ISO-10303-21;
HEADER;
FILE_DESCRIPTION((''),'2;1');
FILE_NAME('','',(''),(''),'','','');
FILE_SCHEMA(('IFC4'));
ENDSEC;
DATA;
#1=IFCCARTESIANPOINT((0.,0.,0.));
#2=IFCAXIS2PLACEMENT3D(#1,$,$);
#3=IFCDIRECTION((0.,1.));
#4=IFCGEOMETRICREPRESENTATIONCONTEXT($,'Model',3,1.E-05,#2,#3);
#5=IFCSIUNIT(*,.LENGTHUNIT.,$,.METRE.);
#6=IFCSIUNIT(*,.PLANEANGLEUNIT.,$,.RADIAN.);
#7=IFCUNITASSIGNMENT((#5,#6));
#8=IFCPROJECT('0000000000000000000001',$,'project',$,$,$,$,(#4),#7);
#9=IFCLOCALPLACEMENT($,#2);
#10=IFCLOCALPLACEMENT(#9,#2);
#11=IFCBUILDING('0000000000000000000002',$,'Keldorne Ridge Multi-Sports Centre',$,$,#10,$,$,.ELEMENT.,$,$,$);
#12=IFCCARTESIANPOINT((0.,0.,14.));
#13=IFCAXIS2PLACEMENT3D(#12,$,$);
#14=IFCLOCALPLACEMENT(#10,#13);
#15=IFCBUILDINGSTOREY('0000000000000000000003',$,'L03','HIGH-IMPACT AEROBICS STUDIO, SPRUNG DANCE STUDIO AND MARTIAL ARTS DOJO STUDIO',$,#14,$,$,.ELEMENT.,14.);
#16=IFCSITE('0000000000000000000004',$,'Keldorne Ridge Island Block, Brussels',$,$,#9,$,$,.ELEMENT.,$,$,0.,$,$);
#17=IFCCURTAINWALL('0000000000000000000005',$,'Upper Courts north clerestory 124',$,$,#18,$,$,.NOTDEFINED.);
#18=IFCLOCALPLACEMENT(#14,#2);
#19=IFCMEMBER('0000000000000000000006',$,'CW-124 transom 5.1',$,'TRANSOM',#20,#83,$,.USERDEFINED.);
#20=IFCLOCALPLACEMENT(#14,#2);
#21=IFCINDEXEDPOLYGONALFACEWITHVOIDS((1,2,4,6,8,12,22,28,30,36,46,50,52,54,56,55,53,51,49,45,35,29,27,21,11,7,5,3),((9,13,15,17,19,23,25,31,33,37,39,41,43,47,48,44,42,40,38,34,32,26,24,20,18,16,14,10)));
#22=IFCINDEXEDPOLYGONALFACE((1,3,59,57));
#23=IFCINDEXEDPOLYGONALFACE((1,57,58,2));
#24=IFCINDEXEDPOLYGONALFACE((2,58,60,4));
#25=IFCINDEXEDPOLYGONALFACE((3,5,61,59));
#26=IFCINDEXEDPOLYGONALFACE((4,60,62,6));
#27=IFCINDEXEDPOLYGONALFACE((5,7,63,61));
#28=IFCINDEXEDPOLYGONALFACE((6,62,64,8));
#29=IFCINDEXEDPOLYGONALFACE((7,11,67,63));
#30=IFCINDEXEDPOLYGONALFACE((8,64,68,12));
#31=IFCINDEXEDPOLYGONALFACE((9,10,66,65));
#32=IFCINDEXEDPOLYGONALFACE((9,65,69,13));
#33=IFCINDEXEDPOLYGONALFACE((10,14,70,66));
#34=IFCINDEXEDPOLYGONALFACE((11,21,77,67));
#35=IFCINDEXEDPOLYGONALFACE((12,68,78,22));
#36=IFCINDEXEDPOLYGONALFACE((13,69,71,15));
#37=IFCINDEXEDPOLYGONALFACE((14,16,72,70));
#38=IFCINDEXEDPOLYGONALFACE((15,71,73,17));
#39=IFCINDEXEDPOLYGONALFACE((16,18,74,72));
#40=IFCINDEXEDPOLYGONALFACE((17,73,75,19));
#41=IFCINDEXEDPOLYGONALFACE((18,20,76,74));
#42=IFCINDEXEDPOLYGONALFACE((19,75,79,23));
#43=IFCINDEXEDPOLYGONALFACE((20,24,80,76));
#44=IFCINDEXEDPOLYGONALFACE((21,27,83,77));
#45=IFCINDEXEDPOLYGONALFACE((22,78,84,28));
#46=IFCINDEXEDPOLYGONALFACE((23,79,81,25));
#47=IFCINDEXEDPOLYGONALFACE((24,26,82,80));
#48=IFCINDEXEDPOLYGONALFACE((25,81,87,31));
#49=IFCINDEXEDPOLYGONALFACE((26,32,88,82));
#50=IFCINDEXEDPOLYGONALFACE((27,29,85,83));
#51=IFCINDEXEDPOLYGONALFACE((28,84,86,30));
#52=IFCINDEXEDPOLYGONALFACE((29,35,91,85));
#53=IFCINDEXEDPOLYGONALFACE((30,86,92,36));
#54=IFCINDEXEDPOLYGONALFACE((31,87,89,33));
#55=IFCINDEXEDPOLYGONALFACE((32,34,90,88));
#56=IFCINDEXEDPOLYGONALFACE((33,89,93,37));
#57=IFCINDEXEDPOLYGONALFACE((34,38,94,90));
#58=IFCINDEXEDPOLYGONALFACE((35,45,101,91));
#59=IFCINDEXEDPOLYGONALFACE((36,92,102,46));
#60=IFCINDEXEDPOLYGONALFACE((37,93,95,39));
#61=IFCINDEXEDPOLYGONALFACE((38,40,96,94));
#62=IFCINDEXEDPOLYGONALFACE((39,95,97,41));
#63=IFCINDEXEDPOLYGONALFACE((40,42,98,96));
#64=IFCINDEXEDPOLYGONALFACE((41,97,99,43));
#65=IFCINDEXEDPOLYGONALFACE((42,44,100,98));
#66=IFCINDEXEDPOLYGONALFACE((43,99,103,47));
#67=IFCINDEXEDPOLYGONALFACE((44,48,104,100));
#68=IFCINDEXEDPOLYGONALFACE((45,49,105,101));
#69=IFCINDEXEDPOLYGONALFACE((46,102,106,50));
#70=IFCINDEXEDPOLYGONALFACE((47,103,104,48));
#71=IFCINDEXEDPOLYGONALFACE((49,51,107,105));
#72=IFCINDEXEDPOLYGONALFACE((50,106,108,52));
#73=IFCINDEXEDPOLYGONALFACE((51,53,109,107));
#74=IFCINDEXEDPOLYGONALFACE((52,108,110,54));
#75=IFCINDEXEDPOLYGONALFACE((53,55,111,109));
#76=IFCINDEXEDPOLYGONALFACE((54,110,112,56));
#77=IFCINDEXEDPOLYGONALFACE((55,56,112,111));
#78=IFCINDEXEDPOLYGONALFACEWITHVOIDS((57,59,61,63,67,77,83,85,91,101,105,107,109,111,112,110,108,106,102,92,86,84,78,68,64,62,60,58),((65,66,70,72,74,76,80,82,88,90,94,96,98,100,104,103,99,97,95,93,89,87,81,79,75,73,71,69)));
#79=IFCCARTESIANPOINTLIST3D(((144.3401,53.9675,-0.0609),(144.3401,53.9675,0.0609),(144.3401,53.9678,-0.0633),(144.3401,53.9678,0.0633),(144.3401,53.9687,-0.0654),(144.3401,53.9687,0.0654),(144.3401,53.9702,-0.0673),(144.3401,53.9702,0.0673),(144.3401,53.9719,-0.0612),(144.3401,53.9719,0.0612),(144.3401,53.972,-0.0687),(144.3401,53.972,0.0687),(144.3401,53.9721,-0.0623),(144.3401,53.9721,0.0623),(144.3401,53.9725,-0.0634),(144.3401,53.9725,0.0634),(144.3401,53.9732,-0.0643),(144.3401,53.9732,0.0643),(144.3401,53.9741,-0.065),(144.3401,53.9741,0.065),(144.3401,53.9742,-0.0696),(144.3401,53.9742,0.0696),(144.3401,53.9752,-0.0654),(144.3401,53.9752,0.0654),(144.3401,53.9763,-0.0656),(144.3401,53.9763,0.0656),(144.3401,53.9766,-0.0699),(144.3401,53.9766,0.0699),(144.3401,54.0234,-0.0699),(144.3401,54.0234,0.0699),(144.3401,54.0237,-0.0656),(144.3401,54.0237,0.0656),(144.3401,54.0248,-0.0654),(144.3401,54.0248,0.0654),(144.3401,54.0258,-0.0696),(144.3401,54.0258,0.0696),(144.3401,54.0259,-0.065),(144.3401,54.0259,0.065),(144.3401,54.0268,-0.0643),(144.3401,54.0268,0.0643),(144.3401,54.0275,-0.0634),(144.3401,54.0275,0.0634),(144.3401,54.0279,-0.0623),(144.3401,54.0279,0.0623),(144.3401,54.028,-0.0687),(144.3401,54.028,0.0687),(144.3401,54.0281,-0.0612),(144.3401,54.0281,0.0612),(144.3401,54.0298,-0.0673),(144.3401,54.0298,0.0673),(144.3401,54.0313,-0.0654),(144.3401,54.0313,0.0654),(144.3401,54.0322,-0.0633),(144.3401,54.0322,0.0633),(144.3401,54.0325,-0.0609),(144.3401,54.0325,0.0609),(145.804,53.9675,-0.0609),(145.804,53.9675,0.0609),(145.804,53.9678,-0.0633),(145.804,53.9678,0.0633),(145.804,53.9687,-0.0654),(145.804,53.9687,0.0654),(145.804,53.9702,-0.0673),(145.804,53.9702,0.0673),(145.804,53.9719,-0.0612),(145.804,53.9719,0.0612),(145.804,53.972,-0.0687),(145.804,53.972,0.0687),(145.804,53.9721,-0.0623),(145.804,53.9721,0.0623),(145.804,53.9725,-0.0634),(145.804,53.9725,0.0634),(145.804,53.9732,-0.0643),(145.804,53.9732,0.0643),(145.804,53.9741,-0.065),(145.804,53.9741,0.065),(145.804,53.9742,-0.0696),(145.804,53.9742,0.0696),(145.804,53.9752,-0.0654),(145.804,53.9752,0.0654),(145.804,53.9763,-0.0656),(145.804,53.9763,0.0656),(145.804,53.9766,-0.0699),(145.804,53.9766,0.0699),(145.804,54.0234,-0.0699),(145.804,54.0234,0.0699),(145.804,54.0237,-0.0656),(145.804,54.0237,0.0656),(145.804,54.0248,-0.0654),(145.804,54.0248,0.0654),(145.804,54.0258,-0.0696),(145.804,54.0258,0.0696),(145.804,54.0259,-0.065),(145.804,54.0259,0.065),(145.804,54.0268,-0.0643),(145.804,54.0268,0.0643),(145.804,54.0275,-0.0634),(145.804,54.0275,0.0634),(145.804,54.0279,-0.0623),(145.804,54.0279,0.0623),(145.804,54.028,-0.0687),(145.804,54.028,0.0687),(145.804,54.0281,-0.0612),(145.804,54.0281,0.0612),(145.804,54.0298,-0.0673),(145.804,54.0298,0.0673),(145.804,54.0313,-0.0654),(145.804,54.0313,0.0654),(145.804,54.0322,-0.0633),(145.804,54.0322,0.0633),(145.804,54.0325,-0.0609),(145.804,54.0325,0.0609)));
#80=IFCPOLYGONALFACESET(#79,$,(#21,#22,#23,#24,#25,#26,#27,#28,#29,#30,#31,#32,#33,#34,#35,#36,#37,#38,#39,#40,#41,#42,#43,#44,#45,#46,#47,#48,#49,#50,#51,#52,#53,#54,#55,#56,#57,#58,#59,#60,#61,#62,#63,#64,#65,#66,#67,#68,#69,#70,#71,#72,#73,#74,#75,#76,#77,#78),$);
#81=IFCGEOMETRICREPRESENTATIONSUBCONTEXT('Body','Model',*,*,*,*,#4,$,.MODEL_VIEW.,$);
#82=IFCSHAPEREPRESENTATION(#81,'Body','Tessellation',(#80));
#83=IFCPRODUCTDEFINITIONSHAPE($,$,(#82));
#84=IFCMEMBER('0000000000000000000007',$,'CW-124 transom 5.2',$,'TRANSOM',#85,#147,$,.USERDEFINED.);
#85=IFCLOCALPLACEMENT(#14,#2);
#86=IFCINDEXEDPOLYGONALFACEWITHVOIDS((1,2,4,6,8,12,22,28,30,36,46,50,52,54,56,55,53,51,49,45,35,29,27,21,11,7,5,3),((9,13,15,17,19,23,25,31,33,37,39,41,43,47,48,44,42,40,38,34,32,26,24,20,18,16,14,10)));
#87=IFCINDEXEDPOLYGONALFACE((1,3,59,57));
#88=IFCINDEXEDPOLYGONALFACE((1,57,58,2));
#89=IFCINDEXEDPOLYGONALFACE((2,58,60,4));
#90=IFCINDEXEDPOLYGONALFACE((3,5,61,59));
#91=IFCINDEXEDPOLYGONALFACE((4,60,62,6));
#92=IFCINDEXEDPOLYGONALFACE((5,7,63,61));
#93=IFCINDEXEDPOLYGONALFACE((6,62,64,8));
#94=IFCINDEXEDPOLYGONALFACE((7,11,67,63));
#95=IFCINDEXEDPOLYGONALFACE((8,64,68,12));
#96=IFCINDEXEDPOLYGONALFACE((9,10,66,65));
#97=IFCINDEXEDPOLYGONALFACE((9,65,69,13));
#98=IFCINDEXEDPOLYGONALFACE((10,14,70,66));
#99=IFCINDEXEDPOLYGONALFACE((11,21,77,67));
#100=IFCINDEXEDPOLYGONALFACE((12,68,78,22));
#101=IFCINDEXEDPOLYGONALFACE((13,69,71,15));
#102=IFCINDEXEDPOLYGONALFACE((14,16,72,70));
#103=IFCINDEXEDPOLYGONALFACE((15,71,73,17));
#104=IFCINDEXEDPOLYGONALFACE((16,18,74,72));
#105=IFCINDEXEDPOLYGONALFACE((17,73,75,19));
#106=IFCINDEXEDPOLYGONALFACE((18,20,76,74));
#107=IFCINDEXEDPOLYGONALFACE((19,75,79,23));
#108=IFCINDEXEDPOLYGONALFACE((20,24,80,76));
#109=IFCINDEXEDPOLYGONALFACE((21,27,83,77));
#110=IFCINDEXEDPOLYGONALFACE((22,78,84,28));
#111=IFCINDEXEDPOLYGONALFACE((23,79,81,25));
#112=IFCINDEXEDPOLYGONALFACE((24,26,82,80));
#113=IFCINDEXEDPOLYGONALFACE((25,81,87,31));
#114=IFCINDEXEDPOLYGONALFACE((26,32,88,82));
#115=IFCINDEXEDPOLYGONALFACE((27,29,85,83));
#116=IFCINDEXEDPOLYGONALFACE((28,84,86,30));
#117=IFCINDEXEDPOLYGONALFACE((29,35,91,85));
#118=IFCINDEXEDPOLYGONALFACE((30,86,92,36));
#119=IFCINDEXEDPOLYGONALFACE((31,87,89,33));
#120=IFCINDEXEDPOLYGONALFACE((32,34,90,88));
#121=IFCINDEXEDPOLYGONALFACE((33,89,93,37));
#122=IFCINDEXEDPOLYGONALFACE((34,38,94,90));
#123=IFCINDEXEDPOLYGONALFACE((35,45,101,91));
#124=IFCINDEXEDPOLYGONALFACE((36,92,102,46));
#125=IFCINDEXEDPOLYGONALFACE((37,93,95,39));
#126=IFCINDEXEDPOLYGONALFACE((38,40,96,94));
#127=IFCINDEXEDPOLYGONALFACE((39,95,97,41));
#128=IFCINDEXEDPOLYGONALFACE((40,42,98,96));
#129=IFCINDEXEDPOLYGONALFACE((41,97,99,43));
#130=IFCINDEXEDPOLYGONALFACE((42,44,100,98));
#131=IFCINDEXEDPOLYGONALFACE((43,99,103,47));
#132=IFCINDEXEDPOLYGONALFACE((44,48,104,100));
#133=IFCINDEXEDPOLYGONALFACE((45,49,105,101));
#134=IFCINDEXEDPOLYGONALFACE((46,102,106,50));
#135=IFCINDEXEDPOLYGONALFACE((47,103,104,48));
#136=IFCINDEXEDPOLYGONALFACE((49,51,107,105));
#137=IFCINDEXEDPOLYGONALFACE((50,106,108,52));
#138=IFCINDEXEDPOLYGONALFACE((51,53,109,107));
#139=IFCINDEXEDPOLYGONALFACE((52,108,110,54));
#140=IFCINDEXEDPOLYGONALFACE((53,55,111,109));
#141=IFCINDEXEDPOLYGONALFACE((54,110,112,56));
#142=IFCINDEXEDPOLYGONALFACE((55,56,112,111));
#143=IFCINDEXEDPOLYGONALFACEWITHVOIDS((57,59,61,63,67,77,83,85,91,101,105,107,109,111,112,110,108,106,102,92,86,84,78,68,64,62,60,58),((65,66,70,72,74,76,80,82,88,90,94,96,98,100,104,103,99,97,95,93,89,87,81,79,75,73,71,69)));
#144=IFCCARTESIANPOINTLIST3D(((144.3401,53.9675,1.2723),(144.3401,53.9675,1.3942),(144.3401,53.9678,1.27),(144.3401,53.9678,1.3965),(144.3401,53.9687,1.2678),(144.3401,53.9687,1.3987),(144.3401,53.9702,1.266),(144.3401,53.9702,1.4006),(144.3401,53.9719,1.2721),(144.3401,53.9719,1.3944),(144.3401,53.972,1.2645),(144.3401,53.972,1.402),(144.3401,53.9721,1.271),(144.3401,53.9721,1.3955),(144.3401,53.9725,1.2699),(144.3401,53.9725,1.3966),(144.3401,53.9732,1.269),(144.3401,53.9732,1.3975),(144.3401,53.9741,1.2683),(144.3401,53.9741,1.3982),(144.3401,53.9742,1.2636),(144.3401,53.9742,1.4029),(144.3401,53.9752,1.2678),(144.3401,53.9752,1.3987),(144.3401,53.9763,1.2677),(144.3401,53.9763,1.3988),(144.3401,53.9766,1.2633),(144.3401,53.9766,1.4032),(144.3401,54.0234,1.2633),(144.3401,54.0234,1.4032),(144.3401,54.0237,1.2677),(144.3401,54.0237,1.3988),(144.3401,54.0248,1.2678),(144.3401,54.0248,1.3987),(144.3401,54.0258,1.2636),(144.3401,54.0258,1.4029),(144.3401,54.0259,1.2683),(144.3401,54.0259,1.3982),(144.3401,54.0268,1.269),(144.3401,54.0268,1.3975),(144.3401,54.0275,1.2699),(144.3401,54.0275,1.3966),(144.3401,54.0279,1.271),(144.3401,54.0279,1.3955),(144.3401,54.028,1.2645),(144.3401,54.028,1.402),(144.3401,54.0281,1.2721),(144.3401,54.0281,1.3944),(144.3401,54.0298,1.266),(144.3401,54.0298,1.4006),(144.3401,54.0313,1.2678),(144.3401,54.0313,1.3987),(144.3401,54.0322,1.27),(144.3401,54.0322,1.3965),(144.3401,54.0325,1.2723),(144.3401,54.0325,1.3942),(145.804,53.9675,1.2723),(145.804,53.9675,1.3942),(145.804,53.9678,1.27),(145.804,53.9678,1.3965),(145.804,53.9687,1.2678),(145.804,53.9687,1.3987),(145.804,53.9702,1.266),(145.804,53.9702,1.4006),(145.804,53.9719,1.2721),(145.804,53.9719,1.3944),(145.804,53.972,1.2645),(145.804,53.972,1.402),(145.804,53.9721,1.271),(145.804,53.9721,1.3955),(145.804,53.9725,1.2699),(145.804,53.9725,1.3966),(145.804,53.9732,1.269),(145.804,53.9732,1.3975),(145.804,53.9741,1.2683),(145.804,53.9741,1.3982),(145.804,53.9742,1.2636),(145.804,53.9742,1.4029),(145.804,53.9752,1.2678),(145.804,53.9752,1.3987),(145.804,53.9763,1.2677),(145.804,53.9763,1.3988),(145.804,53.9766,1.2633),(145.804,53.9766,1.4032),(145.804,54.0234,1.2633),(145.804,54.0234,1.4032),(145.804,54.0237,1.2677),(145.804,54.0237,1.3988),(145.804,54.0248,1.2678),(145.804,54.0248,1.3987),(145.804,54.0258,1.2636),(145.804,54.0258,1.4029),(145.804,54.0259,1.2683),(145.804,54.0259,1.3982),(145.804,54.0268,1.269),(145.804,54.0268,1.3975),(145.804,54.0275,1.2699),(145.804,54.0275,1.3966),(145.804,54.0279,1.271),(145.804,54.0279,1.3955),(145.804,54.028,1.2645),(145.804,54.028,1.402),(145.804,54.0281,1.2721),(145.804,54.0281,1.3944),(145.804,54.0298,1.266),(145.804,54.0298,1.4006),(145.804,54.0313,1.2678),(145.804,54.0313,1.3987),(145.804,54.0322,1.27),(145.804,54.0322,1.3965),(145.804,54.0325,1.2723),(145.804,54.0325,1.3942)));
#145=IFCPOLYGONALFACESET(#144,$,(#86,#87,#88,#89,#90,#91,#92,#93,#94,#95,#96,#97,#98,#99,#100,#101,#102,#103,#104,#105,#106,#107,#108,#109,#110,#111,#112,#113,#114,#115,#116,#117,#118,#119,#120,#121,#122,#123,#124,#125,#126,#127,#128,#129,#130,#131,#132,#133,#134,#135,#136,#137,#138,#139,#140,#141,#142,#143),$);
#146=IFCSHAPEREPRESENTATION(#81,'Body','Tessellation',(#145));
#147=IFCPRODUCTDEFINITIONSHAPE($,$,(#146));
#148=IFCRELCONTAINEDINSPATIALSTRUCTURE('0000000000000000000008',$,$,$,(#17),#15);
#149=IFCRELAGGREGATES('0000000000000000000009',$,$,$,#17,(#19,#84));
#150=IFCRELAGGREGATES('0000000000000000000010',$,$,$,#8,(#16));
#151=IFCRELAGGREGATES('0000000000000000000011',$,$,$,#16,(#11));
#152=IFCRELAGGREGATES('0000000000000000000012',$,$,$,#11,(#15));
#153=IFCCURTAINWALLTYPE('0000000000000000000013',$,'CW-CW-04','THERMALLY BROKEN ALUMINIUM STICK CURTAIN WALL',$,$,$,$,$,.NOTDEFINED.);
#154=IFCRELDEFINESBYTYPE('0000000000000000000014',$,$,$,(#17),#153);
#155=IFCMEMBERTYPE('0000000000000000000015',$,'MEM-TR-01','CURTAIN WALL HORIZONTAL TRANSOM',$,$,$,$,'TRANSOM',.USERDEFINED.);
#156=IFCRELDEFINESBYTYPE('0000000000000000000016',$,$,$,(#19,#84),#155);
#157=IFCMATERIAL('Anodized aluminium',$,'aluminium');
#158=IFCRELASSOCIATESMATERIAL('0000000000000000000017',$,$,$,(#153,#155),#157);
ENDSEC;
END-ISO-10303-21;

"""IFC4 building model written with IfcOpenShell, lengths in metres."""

from ifc_helpers import new_model, si_unit, direction, frame, origin, origin_2d, place, context, subcontext, project, spatial, hollow_rectangle, extrude, material, material_profile, profile_set, type_object, element, aggregate, save


model = new_model("IFC4")

# Units and contexts
model_context = context("Model", 3, precision=1e-05, world=origin(), true_north=direction((0.0, 1.0)))
body_context = subcontext(model_context, "Body", "Model", "MODEL_VIEW")
ifc_project = project(units=[si_unit("LENGTHUNIT", "METRE"), si_unit("PLANEANGLEUNIT", "RADIAN")], contexts=[model_context])

# Site, building, storey
site_placement = place(None, origin())
site = spatial("IfcSite", under=ifc_project, at=site_placement, Name="Keldorne Ridge Island Block, Brussels", CompositionType="ELEMENT", RefElevation=0.0)
building_placement = place(site_placement, origin())
building = spatial("IfcBuilding", under=site, at=building_placement, Name="Keldorne Ridge Multi-Sports Centre", CompositionType="ELEMENT")
storey_placement = place(building_placement, frame((0.0, 0.0, 14.0)))
storey = spatial("IfcBuildingStorey", under=building, at=storey_placement, Name="L03", Description="HIGH-IMPACT AEROBICS STUDIO, SPRUNG DANCE STUDIO AND MARTIAL ARTS DOJO STUDIO", CompositionType="ELEMENT", Elevation=14.0)

# Shared definitions
ifc_material_1 = material(Name="Anodized aluminium", Category="aluminium")

# Curtain wall
curtain_wall_type_1 = type_object("IfcCurtainWallType", Name="CW-CW-04", Description="THERMALLY BROKEN ALUMINIUM STICK CURTAIN WALL", PredefinedType="NOTDEFINED", material=ifc_material_1)
curtain_wall_1_placement = place(storey_placement, origin())
curtain_wall_1 = element("IfcCurtainWall", 1, at=curtain_wall_1_placement, inside=storey, type_object=curtain_wall_type_1, Name="Upper Courts north clerestory 124", PredefinedType="NOTDEFINED")

# Members
ifc_material_profile_1 = material_profile(ifc_material_1, hollow_rectangle(XDim=0.0649, YDim=0.1399, WallThickness=0.0044, InnerFilletRadius=0.0044, OuterFilletRadius=0.009, at=origin_2d()), Name="ALU TRANSOM 140x65x4.5")
ifc_profile_set_1 = profile_set([ifc_material_profile_1], Name="Anodized aluminium")
member_type_1 = type_object("IfcMemberType", Name="MEM-TR-01", Description="CURTAIN WALL HORIZONTAL TRANSOM", ElementType="TRANSOM", PredefinedType="USERDEFINED", material=ifc_profile_set_1)
member_1_placement = place(storey_placement, frame((145.804, 54.0, 0.0), z_axis=(-1.0, 0.0, 0.0), x_axis=(0.0, -1.0, 0.0)))
member_1 = element("IfcMember", 2, at=member_1_placement, type_object=member_type_1, Name="CW-124 transom 5.1", ObjectType="TRANSOM", PredefinedType="USERDEFINED", context=body_context, shape_type="SweptSolid", body=[
    extrude(hollow_rectangle(XDim=0.0649, YDim=0.1399, WallThickness=0.0044, InnerFilletRadius=0.0044, OuterFilletRadius=0.009, at=origin_2d()), origin(), (0.0, 0.0, 1.0), 1.4639),
])
member_2_placement = place(storey_placement, frame((145.804, 54.0, 1.3333), z_axis=(-1.0, 0.0, 0.0), x_axis=(0.0, -1.0, 0.0)))
member_2 = element("IfcMember", 3, at=member_2_placement, type_object=member_type_1, Name="CW-124 transom 5.2", ObjectType="TRANSOM", PredefinedType="USERDEFINED", context=body_context, shape_type="SweptSolid", body=[
    extrude(hollow_rectangle(XDim=0.0649, YDim=0.1399, WallThickness=0.0044, InnerFilletRadius=0.0044, OuterFilletRadius=0.009, at=origin_2d()), origin(), (0.0, 0.0, 1.0), 1.4639),
])

aggregate(curtain_wall_1, [member_1, member_2])

save(model, "model.ifc")
